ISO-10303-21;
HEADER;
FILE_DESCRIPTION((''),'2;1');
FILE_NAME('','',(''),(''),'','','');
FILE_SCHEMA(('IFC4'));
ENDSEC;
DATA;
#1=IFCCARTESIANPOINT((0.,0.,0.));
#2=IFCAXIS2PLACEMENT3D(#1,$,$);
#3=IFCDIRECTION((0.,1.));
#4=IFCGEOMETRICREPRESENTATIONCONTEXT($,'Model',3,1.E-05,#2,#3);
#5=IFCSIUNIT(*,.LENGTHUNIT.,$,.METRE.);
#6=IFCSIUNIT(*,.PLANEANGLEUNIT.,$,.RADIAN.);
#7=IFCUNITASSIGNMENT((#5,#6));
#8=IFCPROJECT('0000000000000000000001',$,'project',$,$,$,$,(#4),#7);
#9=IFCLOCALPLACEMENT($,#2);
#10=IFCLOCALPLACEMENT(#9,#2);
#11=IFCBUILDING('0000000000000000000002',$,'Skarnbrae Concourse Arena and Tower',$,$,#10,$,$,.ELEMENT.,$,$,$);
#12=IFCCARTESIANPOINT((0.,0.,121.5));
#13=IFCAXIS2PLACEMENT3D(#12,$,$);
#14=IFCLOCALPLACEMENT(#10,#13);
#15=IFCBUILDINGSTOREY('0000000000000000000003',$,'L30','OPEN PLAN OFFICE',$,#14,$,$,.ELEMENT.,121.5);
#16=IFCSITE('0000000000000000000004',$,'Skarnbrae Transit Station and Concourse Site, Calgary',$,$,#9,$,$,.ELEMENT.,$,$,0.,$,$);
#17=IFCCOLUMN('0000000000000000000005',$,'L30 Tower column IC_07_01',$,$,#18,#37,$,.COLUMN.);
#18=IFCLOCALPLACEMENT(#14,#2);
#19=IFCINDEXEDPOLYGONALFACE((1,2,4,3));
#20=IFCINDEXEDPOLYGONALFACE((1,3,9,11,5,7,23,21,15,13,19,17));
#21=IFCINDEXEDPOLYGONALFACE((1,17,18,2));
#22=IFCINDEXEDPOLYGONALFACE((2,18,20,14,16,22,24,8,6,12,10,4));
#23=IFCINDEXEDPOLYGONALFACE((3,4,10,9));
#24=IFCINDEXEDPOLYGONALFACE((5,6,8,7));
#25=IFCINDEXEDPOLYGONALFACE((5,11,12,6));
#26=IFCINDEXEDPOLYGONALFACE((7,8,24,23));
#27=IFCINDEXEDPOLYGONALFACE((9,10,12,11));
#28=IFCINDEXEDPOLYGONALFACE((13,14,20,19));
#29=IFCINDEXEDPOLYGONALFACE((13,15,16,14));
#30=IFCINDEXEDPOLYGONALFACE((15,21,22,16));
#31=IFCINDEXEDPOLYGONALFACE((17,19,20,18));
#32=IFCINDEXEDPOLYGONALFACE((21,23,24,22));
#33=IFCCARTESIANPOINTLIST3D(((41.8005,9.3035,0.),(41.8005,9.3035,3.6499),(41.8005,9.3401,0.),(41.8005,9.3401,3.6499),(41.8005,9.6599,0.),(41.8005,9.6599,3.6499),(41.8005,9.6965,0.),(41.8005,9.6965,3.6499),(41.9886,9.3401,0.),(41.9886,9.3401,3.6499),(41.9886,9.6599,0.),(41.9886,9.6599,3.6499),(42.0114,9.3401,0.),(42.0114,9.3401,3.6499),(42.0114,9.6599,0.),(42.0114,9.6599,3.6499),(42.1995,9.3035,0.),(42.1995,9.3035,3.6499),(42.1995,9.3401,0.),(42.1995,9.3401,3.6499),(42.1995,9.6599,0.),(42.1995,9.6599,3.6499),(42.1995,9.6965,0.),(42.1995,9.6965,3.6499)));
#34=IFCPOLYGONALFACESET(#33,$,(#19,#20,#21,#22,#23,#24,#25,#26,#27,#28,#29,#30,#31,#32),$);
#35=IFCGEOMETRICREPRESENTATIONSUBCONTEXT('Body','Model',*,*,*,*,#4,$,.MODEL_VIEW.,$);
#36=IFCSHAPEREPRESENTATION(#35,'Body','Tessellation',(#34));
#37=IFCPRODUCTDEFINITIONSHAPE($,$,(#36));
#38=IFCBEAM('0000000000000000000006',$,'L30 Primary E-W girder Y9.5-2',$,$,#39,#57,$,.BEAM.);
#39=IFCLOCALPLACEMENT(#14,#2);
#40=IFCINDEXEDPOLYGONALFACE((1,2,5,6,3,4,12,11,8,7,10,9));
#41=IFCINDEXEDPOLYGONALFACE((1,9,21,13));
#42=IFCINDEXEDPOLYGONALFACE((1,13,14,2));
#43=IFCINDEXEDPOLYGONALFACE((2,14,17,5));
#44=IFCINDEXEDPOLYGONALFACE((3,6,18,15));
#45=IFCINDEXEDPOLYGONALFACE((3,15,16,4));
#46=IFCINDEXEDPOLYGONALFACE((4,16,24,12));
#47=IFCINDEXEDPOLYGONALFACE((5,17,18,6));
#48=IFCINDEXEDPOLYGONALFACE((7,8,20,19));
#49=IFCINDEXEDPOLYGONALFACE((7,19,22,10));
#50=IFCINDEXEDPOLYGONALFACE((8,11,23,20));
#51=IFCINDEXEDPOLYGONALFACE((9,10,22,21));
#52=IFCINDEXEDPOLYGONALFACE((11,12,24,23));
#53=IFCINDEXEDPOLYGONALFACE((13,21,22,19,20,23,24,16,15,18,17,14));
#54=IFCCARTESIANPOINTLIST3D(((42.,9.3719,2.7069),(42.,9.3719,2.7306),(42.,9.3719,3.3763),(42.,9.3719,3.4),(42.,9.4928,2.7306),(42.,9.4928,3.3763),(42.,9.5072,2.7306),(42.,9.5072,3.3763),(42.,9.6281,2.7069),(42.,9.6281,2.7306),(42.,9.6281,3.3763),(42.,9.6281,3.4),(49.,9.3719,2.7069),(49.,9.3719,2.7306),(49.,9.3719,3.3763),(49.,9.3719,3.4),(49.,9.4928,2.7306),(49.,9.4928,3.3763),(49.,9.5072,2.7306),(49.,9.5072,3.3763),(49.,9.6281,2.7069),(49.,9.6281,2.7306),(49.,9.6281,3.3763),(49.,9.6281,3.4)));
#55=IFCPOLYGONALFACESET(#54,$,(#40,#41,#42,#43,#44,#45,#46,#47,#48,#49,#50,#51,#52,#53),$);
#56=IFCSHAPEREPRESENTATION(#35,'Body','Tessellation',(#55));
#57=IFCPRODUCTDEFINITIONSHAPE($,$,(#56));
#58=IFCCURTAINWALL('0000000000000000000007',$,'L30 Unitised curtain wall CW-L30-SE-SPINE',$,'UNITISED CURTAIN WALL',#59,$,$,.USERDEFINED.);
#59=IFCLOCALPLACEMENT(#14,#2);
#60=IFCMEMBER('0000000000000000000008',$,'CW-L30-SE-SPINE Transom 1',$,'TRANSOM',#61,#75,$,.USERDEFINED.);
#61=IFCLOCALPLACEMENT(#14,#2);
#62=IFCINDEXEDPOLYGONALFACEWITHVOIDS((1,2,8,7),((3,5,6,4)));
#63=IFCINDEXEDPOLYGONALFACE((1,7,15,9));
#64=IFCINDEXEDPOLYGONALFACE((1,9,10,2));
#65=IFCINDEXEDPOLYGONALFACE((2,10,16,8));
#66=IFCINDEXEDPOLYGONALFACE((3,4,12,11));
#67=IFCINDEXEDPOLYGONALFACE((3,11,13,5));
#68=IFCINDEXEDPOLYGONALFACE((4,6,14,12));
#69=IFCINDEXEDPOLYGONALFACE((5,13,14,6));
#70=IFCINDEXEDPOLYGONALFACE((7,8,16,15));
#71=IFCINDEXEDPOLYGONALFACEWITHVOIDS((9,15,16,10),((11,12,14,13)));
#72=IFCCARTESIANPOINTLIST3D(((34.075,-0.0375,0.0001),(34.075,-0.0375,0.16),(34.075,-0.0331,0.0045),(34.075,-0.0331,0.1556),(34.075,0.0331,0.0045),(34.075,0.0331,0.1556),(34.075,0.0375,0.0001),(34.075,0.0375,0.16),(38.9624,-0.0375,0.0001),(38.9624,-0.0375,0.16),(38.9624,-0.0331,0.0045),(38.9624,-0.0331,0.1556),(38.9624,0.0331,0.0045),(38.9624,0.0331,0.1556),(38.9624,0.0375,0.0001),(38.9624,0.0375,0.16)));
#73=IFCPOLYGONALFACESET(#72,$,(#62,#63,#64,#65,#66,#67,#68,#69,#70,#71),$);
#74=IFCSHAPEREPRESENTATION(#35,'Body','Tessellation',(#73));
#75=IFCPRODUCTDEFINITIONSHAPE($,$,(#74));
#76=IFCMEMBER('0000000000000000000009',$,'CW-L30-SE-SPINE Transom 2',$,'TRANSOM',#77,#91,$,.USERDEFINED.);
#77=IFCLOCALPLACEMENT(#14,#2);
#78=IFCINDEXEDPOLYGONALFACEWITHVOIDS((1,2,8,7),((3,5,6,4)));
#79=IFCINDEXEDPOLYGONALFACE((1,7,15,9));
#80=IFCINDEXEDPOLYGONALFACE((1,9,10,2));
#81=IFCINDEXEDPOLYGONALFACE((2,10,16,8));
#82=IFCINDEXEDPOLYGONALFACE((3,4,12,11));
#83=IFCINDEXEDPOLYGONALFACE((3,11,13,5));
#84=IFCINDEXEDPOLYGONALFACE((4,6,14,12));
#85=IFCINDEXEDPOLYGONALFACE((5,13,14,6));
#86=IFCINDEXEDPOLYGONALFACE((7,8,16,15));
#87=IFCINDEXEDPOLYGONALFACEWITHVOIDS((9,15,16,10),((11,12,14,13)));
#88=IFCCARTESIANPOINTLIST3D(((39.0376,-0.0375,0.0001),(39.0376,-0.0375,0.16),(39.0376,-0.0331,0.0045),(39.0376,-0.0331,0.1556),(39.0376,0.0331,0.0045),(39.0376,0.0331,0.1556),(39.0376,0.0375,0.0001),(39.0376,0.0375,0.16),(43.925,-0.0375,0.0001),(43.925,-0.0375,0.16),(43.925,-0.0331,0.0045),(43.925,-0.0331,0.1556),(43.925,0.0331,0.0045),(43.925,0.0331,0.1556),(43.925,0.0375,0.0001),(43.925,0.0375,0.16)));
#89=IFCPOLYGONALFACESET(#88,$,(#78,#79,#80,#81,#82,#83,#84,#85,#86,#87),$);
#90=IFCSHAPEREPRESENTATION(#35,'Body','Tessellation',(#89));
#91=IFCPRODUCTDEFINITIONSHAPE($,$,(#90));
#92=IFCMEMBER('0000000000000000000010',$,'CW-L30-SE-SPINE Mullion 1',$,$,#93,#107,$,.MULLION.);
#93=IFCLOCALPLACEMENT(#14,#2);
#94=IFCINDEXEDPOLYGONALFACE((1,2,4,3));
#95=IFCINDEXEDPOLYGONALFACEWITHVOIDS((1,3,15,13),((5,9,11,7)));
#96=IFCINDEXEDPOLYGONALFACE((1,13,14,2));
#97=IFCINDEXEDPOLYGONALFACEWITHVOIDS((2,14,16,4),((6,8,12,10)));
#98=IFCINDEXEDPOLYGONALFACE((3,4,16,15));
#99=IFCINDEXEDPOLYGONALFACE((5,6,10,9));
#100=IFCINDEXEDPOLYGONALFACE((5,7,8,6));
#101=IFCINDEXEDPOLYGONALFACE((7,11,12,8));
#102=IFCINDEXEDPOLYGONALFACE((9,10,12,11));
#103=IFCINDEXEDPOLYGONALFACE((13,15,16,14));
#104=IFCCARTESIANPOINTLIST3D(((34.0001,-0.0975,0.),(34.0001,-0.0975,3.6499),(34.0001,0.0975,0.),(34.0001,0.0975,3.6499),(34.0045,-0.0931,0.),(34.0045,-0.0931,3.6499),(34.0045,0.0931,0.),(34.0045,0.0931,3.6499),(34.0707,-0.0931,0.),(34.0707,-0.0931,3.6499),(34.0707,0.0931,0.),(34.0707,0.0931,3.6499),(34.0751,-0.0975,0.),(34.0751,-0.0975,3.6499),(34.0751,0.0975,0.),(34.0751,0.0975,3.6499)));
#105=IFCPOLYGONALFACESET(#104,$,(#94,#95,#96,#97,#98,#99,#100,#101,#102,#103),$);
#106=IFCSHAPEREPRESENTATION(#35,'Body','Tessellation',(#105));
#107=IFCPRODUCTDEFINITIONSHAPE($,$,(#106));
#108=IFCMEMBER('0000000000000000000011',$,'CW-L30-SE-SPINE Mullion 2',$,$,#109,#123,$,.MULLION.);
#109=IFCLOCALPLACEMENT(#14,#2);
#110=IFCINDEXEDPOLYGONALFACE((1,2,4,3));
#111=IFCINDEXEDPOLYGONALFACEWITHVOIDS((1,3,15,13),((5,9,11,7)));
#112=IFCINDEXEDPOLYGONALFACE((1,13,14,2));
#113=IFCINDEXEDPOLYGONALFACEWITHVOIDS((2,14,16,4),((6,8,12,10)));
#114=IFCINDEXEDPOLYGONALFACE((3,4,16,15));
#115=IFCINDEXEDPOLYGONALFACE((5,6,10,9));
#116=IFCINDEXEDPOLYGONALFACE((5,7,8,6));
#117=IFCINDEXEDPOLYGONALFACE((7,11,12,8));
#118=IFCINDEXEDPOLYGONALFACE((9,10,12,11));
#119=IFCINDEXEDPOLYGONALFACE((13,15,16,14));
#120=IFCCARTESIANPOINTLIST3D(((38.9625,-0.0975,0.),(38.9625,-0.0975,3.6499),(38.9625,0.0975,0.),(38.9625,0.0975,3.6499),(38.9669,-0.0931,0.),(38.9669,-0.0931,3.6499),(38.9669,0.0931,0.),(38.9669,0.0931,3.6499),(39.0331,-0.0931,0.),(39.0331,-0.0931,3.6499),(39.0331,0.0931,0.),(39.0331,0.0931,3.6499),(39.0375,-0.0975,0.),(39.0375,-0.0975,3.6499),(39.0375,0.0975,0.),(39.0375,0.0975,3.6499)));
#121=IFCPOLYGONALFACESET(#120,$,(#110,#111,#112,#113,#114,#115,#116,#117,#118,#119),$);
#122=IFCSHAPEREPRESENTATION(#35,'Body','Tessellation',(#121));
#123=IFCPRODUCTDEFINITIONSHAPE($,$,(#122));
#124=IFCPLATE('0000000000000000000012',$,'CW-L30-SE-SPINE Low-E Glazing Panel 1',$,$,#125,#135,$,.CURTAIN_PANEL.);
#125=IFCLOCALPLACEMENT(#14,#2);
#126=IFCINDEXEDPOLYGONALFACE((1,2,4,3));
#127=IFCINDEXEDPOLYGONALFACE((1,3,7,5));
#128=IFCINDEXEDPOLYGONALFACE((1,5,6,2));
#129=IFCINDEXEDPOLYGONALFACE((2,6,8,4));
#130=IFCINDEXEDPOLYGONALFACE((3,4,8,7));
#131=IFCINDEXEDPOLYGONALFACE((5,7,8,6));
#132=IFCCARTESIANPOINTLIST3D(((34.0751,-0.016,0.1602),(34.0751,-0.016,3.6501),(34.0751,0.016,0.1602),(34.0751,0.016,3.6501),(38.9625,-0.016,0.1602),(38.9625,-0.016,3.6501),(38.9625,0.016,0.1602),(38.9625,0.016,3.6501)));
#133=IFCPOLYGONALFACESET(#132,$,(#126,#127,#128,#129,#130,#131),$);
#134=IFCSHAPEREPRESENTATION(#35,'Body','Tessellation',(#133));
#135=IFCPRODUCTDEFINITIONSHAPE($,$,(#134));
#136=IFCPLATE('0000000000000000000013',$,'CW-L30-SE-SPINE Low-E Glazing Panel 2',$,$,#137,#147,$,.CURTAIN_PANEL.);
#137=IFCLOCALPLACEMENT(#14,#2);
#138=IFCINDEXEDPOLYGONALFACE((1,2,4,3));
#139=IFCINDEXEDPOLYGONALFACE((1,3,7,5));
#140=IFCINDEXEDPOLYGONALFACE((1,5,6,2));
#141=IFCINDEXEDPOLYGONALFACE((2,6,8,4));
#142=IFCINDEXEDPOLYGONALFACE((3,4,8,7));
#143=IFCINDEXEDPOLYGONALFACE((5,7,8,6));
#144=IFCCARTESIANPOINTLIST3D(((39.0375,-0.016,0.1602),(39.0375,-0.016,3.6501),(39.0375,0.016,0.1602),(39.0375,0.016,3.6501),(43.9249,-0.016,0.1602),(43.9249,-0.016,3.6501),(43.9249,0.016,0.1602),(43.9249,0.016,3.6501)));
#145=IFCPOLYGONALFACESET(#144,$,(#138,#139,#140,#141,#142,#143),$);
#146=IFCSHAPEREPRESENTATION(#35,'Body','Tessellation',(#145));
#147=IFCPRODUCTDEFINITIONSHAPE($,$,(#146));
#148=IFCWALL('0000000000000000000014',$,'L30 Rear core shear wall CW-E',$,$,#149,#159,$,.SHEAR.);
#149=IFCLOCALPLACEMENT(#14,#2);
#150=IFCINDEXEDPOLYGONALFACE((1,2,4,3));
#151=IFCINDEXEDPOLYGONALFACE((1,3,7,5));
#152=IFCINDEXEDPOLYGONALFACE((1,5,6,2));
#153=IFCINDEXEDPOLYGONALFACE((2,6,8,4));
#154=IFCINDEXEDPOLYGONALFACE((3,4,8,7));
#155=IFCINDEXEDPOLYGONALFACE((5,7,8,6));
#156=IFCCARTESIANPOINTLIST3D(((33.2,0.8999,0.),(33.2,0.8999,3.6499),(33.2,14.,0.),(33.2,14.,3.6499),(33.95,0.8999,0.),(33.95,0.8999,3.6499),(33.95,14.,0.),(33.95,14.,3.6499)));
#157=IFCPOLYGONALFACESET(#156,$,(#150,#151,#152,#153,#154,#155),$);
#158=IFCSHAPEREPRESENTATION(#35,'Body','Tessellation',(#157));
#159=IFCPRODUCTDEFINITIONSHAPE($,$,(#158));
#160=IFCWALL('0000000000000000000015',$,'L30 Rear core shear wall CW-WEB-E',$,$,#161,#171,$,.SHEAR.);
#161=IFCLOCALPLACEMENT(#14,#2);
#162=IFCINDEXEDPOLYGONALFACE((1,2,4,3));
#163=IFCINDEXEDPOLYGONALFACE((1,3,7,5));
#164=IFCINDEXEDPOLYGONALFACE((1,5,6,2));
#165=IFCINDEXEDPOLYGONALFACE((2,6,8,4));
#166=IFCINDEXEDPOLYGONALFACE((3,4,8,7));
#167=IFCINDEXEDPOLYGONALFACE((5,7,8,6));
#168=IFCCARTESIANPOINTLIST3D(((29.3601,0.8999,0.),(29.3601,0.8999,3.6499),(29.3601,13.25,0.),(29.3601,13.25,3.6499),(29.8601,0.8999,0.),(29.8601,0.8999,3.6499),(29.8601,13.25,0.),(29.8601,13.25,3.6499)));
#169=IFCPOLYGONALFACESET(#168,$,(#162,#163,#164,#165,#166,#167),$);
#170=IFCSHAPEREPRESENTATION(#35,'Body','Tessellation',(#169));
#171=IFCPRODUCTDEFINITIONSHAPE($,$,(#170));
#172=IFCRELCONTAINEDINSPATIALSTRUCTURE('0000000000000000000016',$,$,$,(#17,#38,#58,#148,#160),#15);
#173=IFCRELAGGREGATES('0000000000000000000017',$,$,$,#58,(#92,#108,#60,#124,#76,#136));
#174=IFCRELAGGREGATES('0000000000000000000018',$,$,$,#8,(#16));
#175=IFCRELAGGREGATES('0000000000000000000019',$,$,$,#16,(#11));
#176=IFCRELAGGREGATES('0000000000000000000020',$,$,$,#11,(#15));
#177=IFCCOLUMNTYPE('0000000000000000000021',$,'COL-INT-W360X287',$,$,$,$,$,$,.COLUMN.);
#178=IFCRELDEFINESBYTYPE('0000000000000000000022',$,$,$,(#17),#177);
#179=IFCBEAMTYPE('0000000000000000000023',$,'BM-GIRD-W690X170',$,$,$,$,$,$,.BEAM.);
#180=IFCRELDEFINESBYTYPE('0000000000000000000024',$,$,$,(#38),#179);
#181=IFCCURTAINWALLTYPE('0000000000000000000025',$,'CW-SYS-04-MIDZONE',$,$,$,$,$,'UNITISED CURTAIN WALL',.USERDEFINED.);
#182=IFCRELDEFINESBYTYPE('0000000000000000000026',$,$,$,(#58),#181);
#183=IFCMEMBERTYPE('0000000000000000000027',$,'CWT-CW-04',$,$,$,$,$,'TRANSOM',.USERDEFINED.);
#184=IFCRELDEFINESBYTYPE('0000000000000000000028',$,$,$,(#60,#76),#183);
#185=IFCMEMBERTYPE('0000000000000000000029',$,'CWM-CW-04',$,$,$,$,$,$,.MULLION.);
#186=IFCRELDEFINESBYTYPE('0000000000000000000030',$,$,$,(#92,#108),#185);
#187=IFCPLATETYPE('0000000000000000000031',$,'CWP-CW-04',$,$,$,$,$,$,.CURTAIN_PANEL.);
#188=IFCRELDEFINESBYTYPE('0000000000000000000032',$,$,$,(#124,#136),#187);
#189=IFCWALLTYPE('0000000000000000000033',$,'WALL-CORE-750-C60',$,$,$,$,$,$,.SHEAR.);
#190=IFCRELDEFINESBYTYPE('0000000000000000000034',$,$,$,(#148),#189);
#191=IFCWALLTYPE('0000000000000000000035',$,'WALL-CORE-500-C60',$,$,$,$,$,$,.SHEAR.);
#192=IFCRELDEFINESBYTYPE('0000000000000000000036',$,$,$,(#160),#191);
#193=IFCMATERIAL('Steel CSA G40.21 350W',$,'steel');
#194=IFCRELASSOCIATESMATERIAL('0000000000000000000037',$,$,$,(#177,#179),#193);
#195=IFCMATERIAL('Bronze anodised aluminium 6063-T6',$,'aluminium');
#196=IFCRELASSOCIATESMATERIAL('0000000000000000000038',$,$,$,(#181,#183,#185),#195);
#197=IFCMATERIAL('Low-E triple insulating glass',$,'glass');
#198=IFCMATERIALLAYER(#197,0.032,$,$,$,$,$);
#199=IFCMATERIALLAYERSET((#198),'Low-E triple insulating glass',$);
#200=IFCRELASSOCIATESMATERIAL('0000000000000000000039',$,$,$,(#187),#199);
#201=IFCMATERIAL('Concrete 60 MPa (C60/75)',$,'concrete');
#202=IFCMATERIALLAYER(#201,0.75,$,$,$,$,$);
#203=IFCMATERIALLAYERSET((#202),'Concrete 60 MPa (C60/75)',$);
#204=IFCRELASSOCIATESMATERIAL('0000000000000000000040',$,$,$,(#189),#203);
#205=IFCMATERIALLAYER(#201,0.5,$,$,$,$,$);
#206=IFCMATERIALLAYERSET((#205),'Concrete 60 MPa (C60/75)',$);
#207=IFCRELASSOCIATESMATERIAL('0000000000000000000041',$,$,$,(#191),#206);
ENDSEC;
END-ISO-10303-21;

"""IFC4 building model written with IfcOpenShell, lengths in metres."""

from ifc_helpers import new_model, si_unit, direction, frame, frame_2d, origin, origin_2d, place, context, subcontext, project, spatial, rectangle, hollow_rectangle, i_section, extrude, source, transform, mapped, material, layer, layer_set, material_profile, profile_set, type_object, element, aggregate, save


model = new_model("IFC4")

# Units and contexts
model_context = context("Model", 3, precision=1e-05, world=origin(), true_north=direction((0.0, 1.0)))
body_context = subcontext(model_context, "Body", "Model", "MODEL_VIEW")
ifc_project = project(units=[si_unit("LENGTHUNIT", "METRE"), si_unit("PLANEANGLEUNIT", "RADIAN")], contexts=[model_context])

# Site, building, storey
site_placement = place(None, origin())
site = spatial("IfcSite", under=ifc_project, at=site_placement, Name="Skarnbrae Transit Station and Concourse Site, Calgary", CompositionType="ELEMENT", RefElevation=0.0)
building_placement = place(site_placement, origin())
building = spatial("IfcBuilding", under=site, at=building_placement, Name="Skarnbrae Concourse Arena and Tower", CompositionType="ELEMENT")
storey_placement = place(building_placement, frame((0.0, 0.0, 121.5)))
storey = spatial("IfcBuildingStorey", under=building, at=storey_placement, Name="L30", Description="OPEN PLAN OFFICE", CompositionType="ELEMENT", Elevation=121.5)

# Column
ifc_material_1 = material(Name="Steel CSA G40.21 350W", Category="steel")
ifc_material_profile_1 = material_profile(ifc_material_1, i_section(OverallWidth=0.3989, OverallDepth=0.3931, WebThickness=0.0227, FlangeThickness=0.0366, at=origin_2d()), Name="W360X287")
ifc_profile_set_1 = profile_set([ifc_material_profile_1], Name="Steel CSA G40.21 350W")
column_type = type_object("IfcColumnType", Name="COL-INT-W360X287", PredefinedType="COLUMN", material=ifc_profile_set_1)
shared_shape_1 = source(origin(), body_context, "Body", "SweptSolid", [
    extrude(i_section(OverallWidth=0.3989, OverallDepth=0.3931, WebThickness=0.0227, FlangeThickness=0.0366, at=origin_2d()), origin(), (0.0, 0.0, 1.0), 3.6499),
])
column_placement = place(storey_placement, frame((42.0, 9.5, 0.0), z_axis=(0.0, 0.0, 1.0), x_axis=(1.0, 0.0, 0.0)))
element("IfcColumn", 1, at=column_placement, inside=storey, type_object=column_type, Name="L30 Tower column IC_07_01", PredefinedType="COLUMN", context=body_context, shape_type="MappedRepresentation", body=[
    mapped(shared_shape_1, transform((0.0, 0.0, 0.0))),
])

# Beam
ifc_material_profile_2 = material_profile(ifc_material_1, i_section(OverallWidth=0.2561, OverallDepth=0.6931, WebThickness=0.0144, FlangeThickness=0.0237, at=origin_2d()), Name="W690X170")
ifc_profile_set_2 = profile_set([ifc_material_profile_2], Name="Steel CSA G40.21 350W")
beam_type = type_object("IfcBeamType", Name="BM-GIRD-W690X170", PredefinedType="BEAM", material=ifc_profile_set_2)
shared_shape_2 = source(origin(), body_context, "Body", "SweptSolid", [
    extrude(i_section(OverallWidth=0.2561, OverallDepth=0.6931, WebThickness=0.0144, FlangeThickness=0.0237, at=origin_2d()), origin(), (0.0, 0.0, 1.0), 7.0),
])
beam_placement = place(storey_placement, frame((42.0, 9.5, 3.0535), z_axis=(1.0, 0.0, 0.0), x_axis=(0.0, 1.0, 0.0)))
element("IfcBeam", 2, at=beam_placement, inside=storey, type_object=beam_type, Name="L30 Primary E-W girder Y9.5-2", PredefinedType="BEAM", context=body_context, shape_type="MappedRepresentation", body=[
    mapped(shared_shape_2, transform((0.0, 0.0, 0.0))),
])

# Curtain wall, members, plates
ifc_material_2 = material(Name="Bronze anodised aluminium 6063-T6", Category="aluminium")
curtain_wall_type = type_object("IfcCurtainWallType", Name="CW-SYS-04-MIDZONE", ElementType="UNITISED CURTAIN WALL", PredefinedType="USERDEFINED", material=ifc_material_2)
curtain_wall_placement = place(storey_placement, origin())
curtain_wall = element("IfcCurtainWall", 3, at=curtain_wall_placement, inside=storey, type_object=curtain_wall_type, Name="L30 Unitised curtain wall CW-L30-SE-SPINE", ObjectType="UNITISED CURTAIN WALL", PredefinedType="USERDEFINED")
ifc_material_profile_3 = material_profile(ifc_material_2, hollow_rectangle(XDim=0.075, YDim=0.1599, WallThickness=0.0044, at=origin_2d()), Name="ALU-TRAN-75X160")
ifc_profile_set_3 = profile_set([ifc_material_profile_3], Name="Bronze anodised aluminium 6063-T6")
member_type_1 = type_object("IfcMemberType", Name="CWT-CW-04", ElementType="TRANSOM", PredefinedType="USERDEFINED", material=ifc_profile_set_3)
shared_shape_3 = source(origin(), body_context, "Body", "SweptSolid", [
    extrude(hollow_rectangle(XDim=0.075, YDim=0.1599, WallThickness=0.0044, at=origin_2d()), origin(), (0.0, 0.0, 1.0), 4.8875),
])
member_1_placement = place(storey_placement, frame((34.075, 0.0, 0.0801), z_axis=(1.0, 0.0, 0.0), x_axis=(0.0, 1.0, 0.0)))
member_1 = element("IfcMember", 4, at=member_1_placement, type_object=member_type_1, Name="CW-L30-SE-SPINE Transom 1", ObjectType="TRANSOM", PredefinedType="USERDEFINED", context=body_context, shape_type="MappedRepresentation", body=[
    mapped(shared_shape_3, transform((0.0, 0.0, 0.0))),
])
member_2_placement = place(storey_placement, frame((39.0376, 0.0, 0.0801), z_axis=(1.0, 0.0, 0.0), x_axis=(0.0, 1.0, 0.0)))
member_2 = element("IfcMember", 5, at=member_2_placement, type_object=member_type_1, Name="CW-L30-SE-SPINE Transom 2", ObjectType="TRANSOM", PredefinedType="USERDEFINED", context=body_context, shape_type="MappedRepresentation", body=[
    mapped(shared_shape_3, transform((0.0, 0.0, 0.0))),
])
ifc_material_profile_4 = material_profile(ifc_material_2, hollow_rectangle(XDim=0.075, YDim=0.1951, WallThickness=0.0044, at=origin_2d()), Name="ALU-MULL-75X195")
ifc_profile_set_4 = profile_set([ifc_material_profile_4], Name="Bronze anodised aluminium 6063-T6")
member_type_2 = type_object("IfcMemberType", Name="CWM-CW-04", PredefinedType="MULLION", material=ifc_profile_set_4)
shared_shape_4 = source(origin(), body_context, "Body", "SweptSolid", [
    extrude(hollow_rectangle(XDim=0.075, YDim=0.1951, WallThickness=0.0044, at=origin_2d()), origin(), (0.0, 0.0, 1.0), 3.6499),
])
member_3_placement = place(storey_placement, frame((34.0376, 0.0, 0.0), z_axis=(0.0, 0.0, 1.0), x_axis=(1.0, 0.0, 0.0)))
member_3 = element("IfcMember", 6, at=member_3_placement, type_object=member_type_2, Name="CW-L30-SE-SPINE Mullion 1", PredefinedType="MULLION", context=body_context, shape_type="MappedRepresentation", body=[
    mapped(shared_shape_4, transform((0.0, 0.0, 0.0))),
])
member_4_placement = place(storey_placement, frame((39.0, 0.0, 0.0), z_axis=(0.0, 0.0, 1.0), x_axis=(1.0, 0.0, 0.0)))
member_4 = element("IfcMember", 7, at=member_4_placement, type_object=member_type_2, Name="CW-L30-SE-SPINE Mullion 2", PredefinedType="MULLION", context=body_context, shape_type="MappedRepresentation", body=[
    mapped(shared_shape_4, transform((0.0, 0.0, 0.0))),
])
ifc_material_3 = material(Name="Low-E triple insulating glass", Category="glass")
ifc_layer_1 = layer(ifc_material_3, 0.032)
ifc_layer_set_1 = layer_set([ifc_layer_1], Name="Low-E triple insulating glass")
plate_type = type_object("IfcPlateType", Name="CWP-CW-04", PredefinedType="CURTAIN_PANEL", material=ifc_layer_set_1)
shared_shape_5 = source(origin(), body_context, "Body", "SweptSolid", [
    extrude(rectangle(XDim=4.8875, YDim=0.032, at=origin_2d()), origin(), (0.0, 0.0, 1.0), 3.49),
])
plate_1_placement = place(storey_placement, frame((36.5188, 0.0, 0.1602), z_axis=(0.0, 0.0, 1.0), x_axis=(1.0, 0.0, 0.0)))
plate_1 = element("IfcPlate", 8, at=plate_1_placement, type_object=plate_type, Name="CW-L30-SE-SPINE Low-E Glazing Panel 1", PredefinedType="CURTAIN_PANEL", context=body_context, shape_type="MappedRepresentation", body=[
    mapped(shared_shape_5, transform((0.0, 0.0, 0.0))),
])
plate_2_placement = place(storey_placement, frame((41.4812, 0.0, 0.1602), z_axis=(0.0, 0.0, 1.0), x_axis=(1.0, 0.0, 0.0)))
plate_2 = element("IfcPlate", 9, at=plate_2_placement, type_object=plate_type, Name="CW-L30-SE-SPINE Low-E Glazing Panel 2", PredefinedType="CURTAIN_PANEL", context=body_context, shape_type="MappedRepresentation", body=[
    mapped(shared_shape_5, transform((0.0, 0.0, 0.0))),
])
aggregate(curtain_wall, [member_3, member_4, member_1, plate_1, member_2, plate_2])

# Walls
ifc_material_4 = material(Name="Concrete 60 MPa (C60/75)", Category="concrete")
ifc_layer_2 = layer(ifc_material_4, 0.75)
ifc_layer_set_2 = layer_set([ifc_layer_2], Name="Concrete 60 MPa (C60/75)")
wall_type_1 = type_object("IfcWallType", Name="WALL-CORE-750-C60", PredefinedType="SHEAR", material=ifc_layer_set_2)
shared_shape_6 = source(origin(), body_context, "Body", "SweptSolid", [
    extrude(rectangle(XDim=13.1001, YDim=0.75, at=frame_2d((6.55, 0.0))), origin(), (0.0, 0.0, 1.0), 3.6499),
])
wall_1_placement = place(storey_placement, frame((33.575, 0.8999, 0.0), z_axis=(0.0, 0.0, 1.0), x_axis=(0.0, 1.0, 0.0)))
element("IfcWall", 10, at=wall_1_placement, inside=storey, type_object=wall_type_1, Name="L30 Rear core shear wall CW-E", PredefinedType="SHEAR", context=body_context, shape_type="MappedRepresentation", body=[
    mapped(shared_shape_6, transform((0.0, 0.0, 0.0))),
])
ifc_layer_3 = layer(ifc_material_4, 0.5)
ifc_layer_set_3 = layer_set([ifc_layer_3], Name="Concrete 60 MPa (C60/75)")
wall_type_2 = type_object("IfcWallType", Name="WALL-CORE-500-C60", PredefinedType="SHEAR", material=ifc_layer_set_3)
shared_shape_7 = source(origin(), body_context, "Body", "SweptSolid", [
    extrude(rectangle(XDim=12.3501, YDim=0.5, at=frame_2d((6.175, 0.0))), origin(), (0.0, 0.0, 1.0), 3.6499),
])
wall_2_placement = place(storey_placement, frame((29.6101, 0.8999, 0.0), z_axis=(0.0, 0.0, 1.0), x_axis=(0.0, 1.0, 0.0)))
element("IfcWall", 11, at=wall_2_placement, inside=storey, type_object=wall_type_2, Name="L30 Rear core shear wall CW-WEB-E", PredefinedType="SHEAR", context=body_context, shape_type="MappedRepresentation", body=[
    mapped(shared_shape_7, transform((0.0, 0.0, 0.0))),
])

save(model, "model.ifc")
